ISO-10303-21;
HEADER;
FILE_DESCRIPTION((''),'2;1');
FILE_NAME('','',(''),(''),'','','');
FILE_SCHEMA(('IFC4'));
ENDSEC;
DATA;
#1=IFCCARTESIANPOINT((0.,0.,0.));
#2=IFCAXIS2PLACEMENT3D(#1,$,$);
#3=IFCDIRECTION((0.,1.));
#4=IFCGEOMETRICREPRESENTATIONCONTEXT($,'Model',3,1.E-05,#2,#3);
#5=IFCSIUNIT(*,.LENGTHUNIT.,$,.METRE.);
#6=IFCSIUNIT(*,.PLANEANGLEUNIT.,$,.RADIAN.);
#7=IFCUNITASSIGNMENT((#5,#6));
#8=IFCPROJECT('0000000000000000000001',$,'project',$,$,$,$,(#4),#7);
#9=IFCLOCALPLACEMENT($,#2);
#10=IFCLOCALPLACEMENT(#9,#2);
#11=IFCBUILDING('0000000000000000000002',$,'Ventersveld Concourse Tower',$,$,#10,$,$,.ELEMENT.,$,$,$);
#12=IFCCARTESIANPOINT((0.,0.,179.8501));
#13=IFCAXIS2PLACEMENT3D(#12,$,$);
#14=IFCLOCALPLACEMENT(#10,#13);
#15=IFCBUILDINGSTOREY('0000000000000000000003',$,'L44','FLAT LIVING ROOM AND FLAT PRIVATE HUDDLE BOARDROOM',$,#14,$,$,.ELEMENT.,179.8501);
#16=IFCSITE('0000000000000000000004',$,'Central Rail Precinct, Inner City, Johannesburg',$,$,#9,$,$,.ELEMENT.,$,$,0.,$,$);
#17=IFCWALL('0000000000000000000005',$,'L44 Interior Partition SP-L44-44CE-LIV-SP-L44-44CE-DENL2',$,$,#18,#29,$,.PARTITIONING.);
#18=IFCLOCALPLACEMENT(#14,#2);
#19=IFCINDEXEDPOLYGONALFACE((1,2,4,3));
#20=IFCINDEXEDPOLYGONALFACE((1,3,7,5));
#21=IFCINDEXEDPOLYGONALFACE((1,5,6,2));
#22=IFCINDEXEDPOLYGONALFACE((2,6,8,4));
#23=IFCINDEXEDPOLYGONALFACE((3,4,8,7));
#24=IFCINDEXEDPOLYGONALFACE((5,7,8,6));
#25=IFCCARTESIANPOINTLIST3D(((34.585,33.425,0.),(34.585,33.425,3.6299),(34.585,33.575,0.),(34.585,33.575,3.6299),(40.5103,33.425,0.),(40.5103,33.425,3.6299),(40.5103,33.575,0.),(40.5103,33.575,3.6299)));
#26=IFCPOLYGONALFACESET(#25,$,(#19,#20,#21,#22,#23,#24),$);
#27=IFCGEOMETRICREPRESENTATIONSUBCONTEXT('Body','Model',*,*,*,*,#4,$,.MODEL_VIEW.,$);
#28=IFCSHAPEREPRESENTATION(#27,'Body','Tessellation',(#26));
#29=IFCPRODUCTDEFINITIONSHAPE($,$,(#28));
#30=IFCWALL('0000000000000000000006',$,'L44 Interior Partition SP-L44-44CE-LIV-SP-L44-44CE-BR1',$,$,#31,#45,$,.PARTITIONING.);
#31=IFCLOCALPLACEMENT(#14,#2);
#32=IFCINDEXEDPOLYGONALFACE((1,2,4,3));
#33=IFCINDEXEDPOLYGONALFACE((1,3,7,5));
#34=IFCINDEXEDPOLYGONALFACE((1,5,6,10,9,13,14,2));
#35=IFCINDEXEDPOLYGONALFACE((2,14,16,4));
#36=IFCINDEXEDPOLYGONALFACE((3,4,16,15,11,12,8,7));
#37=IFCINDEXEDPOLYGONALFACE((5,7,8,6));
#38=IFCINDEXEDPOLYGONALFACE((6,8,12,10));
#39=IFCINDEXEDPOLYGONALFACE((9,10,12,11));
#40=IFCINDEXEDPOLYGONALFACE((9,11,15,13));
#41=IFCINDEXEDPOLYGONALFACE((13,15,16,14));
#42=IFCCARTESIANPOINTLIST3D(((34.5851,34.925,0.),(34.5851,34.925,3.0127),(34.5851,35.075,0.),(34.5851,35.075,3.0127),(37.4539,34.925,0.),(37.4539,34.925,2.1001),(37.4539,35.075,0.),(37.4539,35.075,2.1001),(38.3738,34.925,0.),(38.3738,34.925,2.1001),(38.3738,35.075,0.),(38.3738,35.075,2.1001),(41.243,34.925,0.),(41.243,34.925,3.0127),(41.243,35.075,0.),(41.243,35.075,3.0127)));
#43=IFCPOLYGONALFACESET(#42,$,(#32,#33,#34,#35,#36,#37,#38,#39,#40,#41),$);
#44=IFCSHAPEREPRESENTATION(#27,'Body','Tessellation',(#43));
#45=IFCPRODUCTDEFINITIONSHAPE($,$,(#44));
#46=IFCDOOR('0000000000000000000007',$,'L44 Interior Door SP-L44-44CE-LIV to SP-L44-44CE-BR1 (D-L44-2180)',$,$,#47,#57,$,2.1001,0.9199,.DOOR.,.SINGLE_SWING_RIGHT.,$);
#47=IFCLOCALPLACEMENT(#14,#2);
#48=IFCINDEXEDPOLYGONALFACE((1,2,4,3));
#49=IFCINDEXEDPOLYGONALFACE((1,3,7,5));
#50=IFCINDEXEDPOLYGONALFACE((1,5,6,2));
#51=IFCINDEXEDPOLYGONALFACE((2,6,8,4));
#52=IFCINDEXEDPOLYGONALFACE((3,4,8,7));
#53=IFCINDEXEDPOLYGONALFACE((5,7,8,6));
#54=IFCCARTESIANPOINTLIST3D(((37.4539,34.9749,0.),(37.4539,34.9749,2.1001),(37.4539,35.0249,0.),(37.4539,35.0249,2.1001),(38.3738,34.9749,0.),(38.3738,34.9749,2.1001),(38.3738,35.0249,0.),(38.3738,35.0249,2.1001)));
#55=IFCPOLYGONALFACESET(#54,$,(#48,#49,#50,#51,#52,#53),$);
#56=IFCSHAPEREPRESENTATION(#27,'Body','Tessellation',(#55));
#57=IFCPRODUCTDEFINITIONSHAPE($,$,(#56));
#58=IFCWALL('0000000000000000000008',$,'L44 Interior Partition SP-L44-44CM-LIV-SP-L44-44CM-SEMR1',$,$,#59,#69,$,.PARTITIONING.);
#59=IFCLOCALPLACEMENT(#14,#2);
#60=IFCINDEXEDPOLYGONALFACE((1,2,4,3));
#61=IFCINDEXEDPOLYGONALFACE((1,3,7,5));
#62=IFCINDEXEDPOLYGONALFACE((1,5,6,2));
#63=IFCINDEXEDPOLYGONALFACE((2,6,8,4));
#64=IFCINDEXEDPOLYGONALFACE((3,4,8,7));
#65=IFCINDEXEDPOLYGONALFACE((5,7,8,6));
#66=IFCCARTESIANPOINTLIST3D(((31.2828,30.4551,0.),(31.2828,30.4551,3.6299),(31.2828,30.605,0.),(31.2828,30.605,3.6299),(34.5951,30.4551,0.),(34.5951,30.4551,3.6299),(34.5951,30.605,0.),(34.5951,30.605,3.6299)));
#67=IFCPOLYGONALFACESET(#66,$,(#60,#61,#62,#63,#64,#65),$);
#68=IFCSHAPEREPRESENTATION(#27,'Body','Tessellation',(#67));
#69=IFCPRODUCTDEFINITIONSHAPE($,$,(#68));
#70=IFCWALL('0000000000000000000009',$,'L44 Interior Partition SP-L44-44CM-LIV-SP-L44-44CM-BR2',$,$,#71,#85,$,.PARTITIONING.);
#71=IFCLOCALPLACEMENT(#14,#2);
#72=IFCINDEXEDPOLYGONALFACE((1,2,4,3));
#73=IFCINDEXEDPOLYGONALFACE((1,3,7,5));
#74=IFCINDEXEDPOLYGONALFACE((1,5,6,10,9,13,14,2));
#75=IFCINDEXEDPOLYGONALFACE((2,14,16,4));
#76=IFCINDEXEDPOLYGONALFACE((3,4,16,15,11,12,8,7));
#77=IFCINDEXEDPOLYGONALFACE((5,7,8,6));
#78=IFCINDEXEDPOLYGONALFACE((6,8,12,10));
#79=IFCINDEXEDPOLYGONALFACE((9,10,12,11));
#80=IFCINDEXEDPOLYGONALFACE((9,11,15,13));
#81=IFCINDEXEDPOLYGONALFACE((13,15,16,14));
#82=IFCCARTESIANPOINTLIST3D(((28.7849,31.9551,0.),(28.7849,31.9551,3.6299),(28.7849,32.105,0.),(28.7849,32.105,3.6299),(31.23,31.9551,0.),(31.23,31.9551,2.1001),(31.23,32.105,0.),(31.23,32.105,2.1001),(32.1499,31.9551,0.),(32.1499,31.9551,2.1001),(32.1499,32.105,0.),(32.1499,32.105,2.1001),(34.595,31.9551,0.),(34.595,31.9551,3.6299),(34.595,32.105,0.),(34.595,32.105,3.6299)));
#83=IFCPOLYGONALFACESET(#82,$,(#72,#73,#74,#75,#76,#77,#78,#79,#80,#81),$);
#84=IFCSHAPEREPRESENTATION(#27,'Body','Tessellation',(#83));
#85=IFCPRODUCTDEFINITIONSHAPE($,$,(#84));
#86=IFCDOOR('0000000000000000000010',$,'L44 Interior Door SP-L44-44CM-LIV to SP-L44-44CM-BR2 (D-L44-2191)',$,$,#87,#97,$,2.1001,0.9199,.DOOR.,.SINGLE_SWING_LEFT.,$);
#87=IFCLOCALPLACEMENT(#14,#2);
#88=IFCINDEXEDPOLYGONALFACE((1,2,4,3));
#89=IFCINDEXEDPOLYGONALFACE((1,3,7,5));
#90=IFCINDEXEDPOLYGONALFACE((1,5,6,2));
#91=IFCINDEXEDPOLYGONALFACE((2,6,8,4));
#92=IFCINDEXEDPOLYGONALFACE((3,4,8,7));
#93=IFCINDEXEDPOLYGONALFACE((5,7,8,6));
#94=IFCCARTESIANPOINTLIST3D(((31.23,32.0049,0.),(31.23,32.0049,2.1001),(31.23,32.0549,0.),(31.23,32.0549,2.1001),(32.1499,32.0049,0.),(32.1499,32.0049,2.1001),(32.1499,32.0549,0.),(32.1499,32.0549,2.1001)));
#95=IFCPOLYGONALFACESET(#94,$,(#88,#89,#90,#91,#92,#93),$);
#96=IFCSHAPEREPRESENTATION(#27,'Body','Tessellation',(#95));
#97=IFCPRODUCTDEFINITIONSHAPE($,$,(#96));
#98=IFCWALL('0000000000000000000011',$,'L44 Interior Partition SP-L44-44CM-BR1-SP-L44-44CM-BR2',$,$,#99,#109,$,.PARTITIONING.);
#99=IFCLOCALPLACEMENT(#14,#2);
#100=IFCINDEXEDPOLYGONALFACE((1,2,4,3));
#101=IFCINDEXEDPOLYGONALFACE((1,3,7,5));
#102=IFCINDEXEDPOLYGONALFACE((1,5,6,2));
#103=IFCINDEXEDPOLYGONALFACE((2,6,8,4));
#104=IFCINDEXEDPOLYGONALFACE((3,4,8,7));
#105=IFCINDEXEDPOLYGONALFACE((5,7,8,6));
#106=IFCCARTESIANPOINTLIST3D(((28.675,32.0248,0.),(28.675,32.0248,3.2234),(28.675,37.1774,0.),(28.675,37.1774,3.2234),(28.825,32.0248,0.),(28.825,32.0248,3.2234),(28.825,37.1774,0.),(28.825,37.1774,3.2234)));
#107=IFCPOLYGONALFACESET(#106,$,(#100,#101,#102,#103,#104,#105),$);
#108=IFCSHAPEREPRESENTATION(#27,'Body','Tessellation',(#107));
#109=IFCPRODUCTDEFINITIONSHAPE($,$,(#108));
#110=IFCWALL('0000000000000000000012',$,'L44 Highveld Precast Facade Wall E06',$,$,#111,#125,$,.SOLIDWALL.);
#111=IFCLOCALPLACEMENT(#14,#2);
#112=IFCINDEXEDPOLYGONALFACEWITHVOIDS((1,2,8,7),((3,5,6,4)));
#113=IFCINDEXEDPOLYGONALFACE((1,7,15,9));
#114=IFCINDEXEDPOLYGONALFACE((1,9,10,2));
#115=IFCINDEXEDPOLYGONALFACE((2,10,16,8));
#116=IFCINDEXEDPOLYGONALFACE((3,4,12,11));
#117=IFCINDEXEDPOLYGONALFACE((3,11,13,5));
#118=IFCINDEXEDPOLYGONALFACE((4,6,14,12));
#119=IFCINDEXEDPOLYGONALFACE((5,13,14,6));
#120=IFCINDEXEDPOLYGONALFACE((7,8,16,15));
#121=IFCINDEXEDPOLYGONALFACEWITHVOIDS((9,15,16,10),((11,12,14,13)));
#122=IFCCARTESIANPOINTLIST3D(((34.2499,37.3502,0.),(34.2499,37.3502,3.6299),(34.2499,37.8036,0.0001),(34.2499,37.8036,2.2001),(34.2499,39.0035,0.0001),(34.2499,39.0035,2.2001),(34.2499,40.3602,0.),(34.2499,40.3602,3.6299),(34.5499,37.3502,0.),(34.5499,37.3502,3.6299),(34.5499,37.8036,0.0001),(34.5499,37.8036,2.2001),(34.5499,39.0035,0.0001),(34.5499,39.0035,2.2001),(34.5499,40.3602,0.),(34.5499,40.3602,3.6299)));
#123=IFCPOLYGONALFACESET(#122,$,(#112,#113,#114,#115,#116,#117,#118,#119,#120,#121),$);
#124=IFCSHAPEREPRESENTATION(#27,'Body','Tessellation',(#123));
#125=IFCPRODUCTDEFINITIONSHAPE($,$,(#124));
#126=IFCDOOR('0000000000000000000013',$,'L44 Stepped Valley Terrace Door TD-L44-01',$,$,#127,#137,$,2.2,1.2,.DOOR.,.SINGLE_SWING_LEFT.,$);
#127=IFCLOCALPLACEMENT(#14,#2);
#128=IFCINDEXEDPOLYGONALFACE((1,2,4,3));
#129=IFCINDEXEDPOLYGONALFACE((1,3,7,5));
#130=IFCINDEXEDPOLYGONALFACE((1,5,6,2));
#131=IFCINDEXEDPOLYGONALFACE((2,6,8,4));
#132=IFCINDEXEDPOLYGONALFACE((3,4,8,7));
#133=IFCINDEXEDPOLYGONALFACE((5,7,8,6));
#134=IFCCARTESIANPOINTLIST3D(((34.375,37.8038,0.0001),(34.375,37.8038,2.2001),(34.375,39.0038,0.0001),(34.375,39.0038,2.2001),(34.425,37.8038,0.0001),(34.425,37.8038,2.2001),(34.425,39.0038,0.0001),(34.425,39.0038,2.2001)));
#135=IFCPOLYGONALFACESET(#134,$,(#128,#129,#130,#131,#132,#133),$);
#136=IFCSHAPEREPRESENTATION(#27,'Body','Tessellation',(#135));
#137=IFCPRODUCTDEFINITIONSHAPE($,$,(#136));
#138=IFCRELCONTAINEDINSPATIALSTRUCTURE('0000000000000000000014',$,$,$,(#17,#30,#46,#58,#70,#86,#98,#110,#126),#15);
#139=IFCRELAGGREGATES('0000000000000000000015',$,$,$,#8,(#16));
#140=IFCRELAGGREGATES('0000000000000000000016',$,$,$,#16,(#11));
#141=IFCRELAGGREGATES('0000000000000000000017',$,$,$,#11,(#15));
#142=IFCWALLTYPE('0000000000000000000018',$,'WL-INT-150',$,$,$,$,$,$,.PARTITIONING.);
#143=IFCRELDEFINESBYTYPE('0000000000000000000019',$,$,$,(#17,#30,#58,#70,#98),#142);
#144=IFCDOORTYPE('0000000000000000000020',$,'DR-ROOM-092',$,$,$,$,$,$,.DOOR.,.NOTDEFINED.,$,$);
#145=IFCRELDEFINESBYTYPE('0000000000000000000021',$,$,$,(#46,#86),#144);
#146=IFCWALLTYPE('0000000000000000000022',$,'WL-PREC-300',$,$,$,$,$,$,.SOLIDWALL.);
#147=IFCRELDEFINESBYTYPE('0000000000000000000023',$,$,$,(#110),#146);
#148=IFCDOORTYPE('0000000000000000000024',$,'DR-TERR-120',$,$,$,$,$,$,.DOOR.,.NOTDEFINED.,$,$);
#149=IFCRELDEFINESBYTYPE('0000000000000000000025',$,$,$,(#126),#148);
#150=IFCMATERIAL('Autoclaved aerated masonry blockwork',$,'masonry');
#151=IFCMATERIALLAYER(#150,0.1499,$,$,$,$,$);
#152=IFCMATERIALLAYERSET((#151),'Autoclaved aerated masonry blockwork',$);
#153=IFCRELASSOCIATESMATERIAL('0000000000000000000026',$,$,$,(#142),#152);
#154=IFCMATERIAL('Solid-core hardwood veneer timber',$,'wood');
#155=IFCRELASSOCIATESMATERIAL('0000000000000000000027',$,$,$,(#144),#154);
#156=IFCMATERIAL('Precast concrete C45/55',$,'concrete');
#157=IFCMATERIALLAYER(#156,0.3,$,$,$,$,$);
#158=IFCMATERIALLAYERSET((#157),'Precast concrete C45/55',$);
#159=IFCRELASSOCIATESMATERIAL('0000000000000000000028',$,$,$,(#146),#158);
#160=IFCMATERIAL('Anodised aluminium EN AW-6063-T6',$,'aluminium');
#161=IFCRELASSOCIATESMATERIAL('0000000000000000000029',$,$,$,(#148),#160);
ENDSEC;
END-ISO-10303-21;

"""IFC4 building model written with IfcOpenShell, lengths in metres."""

from ifc_helpers import new_model, si_unit, direction, frame, frame_2d, origin, place, context, subcontext, project, spatial, rectangle, extrude, material, layer, layer_set, type_object, element, fill, save


model = new_model("IFC4")

# Units and contexts
model_context = context("Model", 3, precision=1e-05, world=origin(), true_north=direction((0.0, 1.0)))
body_context = subcontext(model_context, "Body", "Model", "MODEL_VIEW")
ifc_project = project(units=[si_unit("LENGTHUNIT", "METRE"), si_unit("PLANEANGLEUNIT", "RADIAN")], contexts=[model_context])

# Site, building, storey
site_placement = place(None, origin())
site = spatial("IfcSite", under=ifc_project, at=site_placement, Name="Central Rail Precinct, Inner City, Johannesburg", CompositionType="ELEMENT", RefElevation=0.0)
building_placement = place(site_placement, origin())
building = spatial("IfcBuilding", under=site, at=building_placement, Name="Ventersveld Concourse Tower", CompositionType="ELEMENT")
storey_placement = place(building_placement, frame((0.0, 0.0, 179.8501)))
storey = spatial("IfcBuildingStorey", under=building, at=storey_placement, Name="L44", Description="FLAT LIVING ROOM AND FLAT PRIVATE HUDDLE BOARDROOM", CompositionType="ELEMENT", Elevation=179.8501)

# Wall
ifc_material_1 = material(Name="Autoclaved aerated masonry blockwork", Category="masonry")
ifc_layer_1 = layer(ifc_material_1, 0.1499)
ifc_layer_set_1 = layer_set([ifc_layer_1], Name="Autoclaved aerated masonry blockwork")
wall_type_1 = type_object("IfcWallType", Name="WL-INT-150", PredefinedType="PARTITIONING", material=ifc_layer_set_1)
wall_1_placement = place(storey_placement, frame((34.585, 33.5, 0.0), z_axis=(0.0, 0.0, 1.0), x_axis=(1.0, 0.0, 0.0)))
element("IfcWall", 1, at=wall_1_placement, inside=storey, type_object=wall_type_1, Name="L44 Interior Partition SP-L44-44CE-LIV-SP-L44-44CE-DENL2", PredefinedType="PARTITIONING", context=body_context, shape_type="SweptSolid", body=[
    extrude(rectangle(XDim=5.9253, YDim=0.1499, at=frame_2d((2.9626, 0.0))), origin(), (0.0, 0.0, 1.0), 3.6299),
])

# Wall, opening, door
wall_2_placement = place(storey_placement, frame((34.585, 35.0, 0.0), z_axis=(0.0, 0.0, 1.0), x_axis=(1.0, 0.0, 0.0)))
wall_2 = element("IfcWall", 2, at=wall_2_placement, inside=storey, type_object=wall_type_1, Name="L44 Interior Partition SP-L44-44CE-LIV-SP-L44-44CE-BR1", PredefinedType="PARTITIONING", context=body_context, shape_type="SweptSolid", body=[
    extrude(rectangle(XDim=6.658, YDim=0.1499, at=frame_2d((3.3291, 0.0))), origin(), (0.0, 0.0, 1.0), 3.0127),
])
opening_1_placement = place(wall_2_placement, frame((2.8689, 0.0, 0.0)))
opening_1 = element("IfcOpeningElement", 3, at=opening_1_placement, cuts=wall_2, PredefinedType="OPENING", context=body_context, shape_type="SweptSolid", body=[
    extrude(rectangle(XDim=0.9199, YDim=2.1001, at=frame_2d((0.46, 1.05))), frame((0.0, 0.085, 0.0), z_axis=(0.0, -1.0, 0.0), x_axis=(1.0, 0.0, 0.0)), (0.0, 0.0, 1.0), 0.1699),
])
ifc_material_2 = material(Name="Solid-core hardwood veneer timber", Category="wood")
door_type_1 = type_object("IfcDoorType", Name="DR-ROOM-092", OperationType="NOTDEFINED", PredefinedType="DOOR", material=ifc_material_2)
door_1_placement = place(opening_1_placement, origin())
door_1 = element("IfcDoor", 4, at=door_1_placement, inside=storey, type_object=door_type_1, Name="L44 Interior Door SP-L44-44CE-LIV to SP-L44-44CE-BR1 (D-L44-2180)", OperationType="SINGLE_SWING_RIGHT", OverallHeight=2.1001, OverallWidth=0.9199, PredefinedType="DOOR", context=body_context, shape_type="SweptSolid", body=[
    extrude(rectangle(XDim=0.9199, YDim=2.1001, at=frame_2d((0.46, 1.05))), frame((0.0, 0.0249, 0.0), z_axis=(0.0, -1.0, 0.0), x_axis=(1.0, 0.0, 0.0)), (0.0, 0.0, 1.0), 0.05),
])
fill(opening_1, door_1)

# Wall
wall_3_placement = place(storey_placement, frame((31.2827, 30.53, 0.0), z_axis=(0.0, 0.0, 1.0), x_axis=(1.0, 0.0, 0.0)))
element("IfcWall", 5, at=wall_3_placement, inside=storey, type_object=wall_type_1, Name="L44 Interior Partition SP-L44-44CM-LIV-SP-L44-44CM-SEMR1", PredefinedType="PARTITIONING", context=body_context, shape_type="SweptSolid", body=[
    extrude(rectangle(XDim=3.3123, YDim=0.1499, at=frame_2d((1.6562, 0.0))), origin(), (0.0, 0.0, 1.0), 3.6299),
])

# Wall, opening, door
wall_4_placement = place(storey_placement, frame((28.7849, 32.03, 0.0), z_axis=(0.0, 0.0, 1.0), x_axis=(1.0, 0.0, 0.0)))
wall_4 = element("IfcWall", 6, at=wall_4_placement, inside=storey, type_object=wall_type_1, Name="L44 Interior Partition SP-L44-44CM-LIV-SP-L44-44CM-BR2", PredefinedType="PARTITIONING", context=body_context, shape_type="SweptSolid", body=[
    extrude(rectangle(XDim=5.8101, YDim=0.1499, at=frame_2d((2.905, 0.0))), origin(), (0.0, 0.0, 1.0), 3.6299),
])
opening_2_placement = place(wall_4_placement, frame((2.4451, 0.0, 0.0)))
opening_2 = element("IfcOpeningElement", 7, at=opening_2_placement, cuts=wall_4, PredefinedType="OPENING", context=body_context, shape_type="SweptSolid", body=[
    extrude(rectangle(XDim=0.9199, YDim=2.1001, at=frame_2d((0.46, 1.05))), frame((0.0, 0.085, 0.0), z_axis=(0.0, -1.0, 0.0), x_axis=(1.0, 0.0, 0.0)), (0.0, 0.0, 1.0), 0.1699),
])
door_2_placement = place(opening_2_placement, origin())
door_2 = element("IfcDoor", 8, at=door_2_placement, inside=storey, type_object=door_type_1, Name="L44 Interior Door SP-L44-44CM-LIV to SP-L44-44CM-BR2 (D-L44-2191)", OperationType="SINGLE_SWING_LEFT", OverallHeight=2.1001, OverallWidth=0.9199, PredefinedType="DOOR", context=body_context, shape_type="SweptSolid", body=[
    extrude(rectangle(XDim=0.9199, YDim=2.1001, at=frame_2d((0.46, 1.05))), frame((0.0, 0.0249, 0.0), z_axis=(0.0, -1.0, 0.0), x_axis=(1.0, 0.0, 0.0)), (0.0, 0.0, 1.0), 0.05),
])
fill(opening_2, door_2)

# Wall
wall_5_placement = place(storey_placement, frame((28.75, 32.0249, 0.0), z_axis=(0.0, 0.0, 1.0), x_axis=(0.0, 1.0, 0.0)))
element("IfcWall", 9, at=wall_5_placement, inside=storey, type_object=wall_type_1, Name="L44 Interior Partition SP-L44-44CM-BR1-SP-L44-44CM-BR2", PredefinedType="PARTITIONING", context=body_context, shape_type="SweptSolid", body=[
    extrude(rectangle(XDim=5.1526, YDim=0.1499, at=frame_2d((2.5762, 0.0))), origin(), (0.0, 0.0, 1.0), 3.2234),
])

# Wall, opening, door
ifc_material_3 = material(Name="Precast concrete C45/55", Category="concrete")
ifc_layer_2 = layer(ifc_material_3, 0.3)
ifc_layer_set_2 = layer_set([ifc_layer_2], Name="Precast concrete C45/55")
wall_type_2 = type_object("IfcWallType", Name="WL-PREC-300", PredefinedType="SOLIDWALL", material=ifc_layer_set_2)
wall_6_placement = place(storey_placement, frame((34.3999, 40.3601, 0.0), z_axis=(0.0, 0.0, 1.0), x_axis=(0.0, -1.0, 0.0)))
wall_6 = element("IfcWall", 10, at=wall_6_placement, inside=storey, type_object=wall_type_2, Name="L44 Highveld Precast Facade Wall E06", PredefinedType="SOLIDWALL", context=body_context, shape_type="SweptSolid", body=[
    extrude(rectangle(XDim=3.01, YDim=0.3, at=frame_2d((1.5049, 0.0))), origin(), (0.0, 0.0, 1.0), 3.6299),
])
opening_3_placement = place(wall_6_placement, frame((1.3564, 0.0, 0.0)))
opening_3 = element("IfcOpeningElement", 11, at=opening_3_placement, cuts=wall_6, PredefinedType="OPENING", context=body_context, shape_type="SweptSolid", body=[
    extrude(rectangle(XDim=1.2, YDim=2.2, at=frame_2d((0.6001, 1.1001))), frame((0.0, 0.1602, 0.0), z_axis=(0.0, -1.0, 0.0), x_axis=(1.0, 0.0, 0.0)), (0.0, 0.0, 1.0), 0.3201),
])
ifc_material_4 = material(Name="Anodised aluminium EN AW-6063-T6", Category="aluminium")
door_type_2 = type_object("IfcDoorType", Name="DR-TERR-120", OperationType="NOTDEFINED", PredefinedType="DOOR", material=ifc_material_4)
door_3_placement = place(opening_3_placement, frame((1.2, 0.0, 0.0), z_axis=(0.0, 0.0, 1.0), x_axis=(-1.0, 0.0, 0.0)))
door_3 = element("IfcDoor", 12, at=door_3_placement, inside=storey, type_object=door_type_2, Name="L44 Stepped Valley Terrace Door TD-L44-01", OperationType="SINGLE_SWING_LEFT", OverallHeight=2.2, OverallWidth=1.2, PredefinedType="DOOR", context=body_context, shape_type="SweptSolid", body=[
    extrude(rectangle(XDim=1.2, YDim=2.2, at=frame_2d((0.6001, 1.1001))), frame((0.0, 0.0249, 0.0), z_axis=(0.0, -1.0, 0.0), x_axis=(1.0, 0.0, 0.0)), (0.0, 0.0, 1.0), 0.05),
])
fill(opening_3, door_3)

save(model, "model.ifc")
